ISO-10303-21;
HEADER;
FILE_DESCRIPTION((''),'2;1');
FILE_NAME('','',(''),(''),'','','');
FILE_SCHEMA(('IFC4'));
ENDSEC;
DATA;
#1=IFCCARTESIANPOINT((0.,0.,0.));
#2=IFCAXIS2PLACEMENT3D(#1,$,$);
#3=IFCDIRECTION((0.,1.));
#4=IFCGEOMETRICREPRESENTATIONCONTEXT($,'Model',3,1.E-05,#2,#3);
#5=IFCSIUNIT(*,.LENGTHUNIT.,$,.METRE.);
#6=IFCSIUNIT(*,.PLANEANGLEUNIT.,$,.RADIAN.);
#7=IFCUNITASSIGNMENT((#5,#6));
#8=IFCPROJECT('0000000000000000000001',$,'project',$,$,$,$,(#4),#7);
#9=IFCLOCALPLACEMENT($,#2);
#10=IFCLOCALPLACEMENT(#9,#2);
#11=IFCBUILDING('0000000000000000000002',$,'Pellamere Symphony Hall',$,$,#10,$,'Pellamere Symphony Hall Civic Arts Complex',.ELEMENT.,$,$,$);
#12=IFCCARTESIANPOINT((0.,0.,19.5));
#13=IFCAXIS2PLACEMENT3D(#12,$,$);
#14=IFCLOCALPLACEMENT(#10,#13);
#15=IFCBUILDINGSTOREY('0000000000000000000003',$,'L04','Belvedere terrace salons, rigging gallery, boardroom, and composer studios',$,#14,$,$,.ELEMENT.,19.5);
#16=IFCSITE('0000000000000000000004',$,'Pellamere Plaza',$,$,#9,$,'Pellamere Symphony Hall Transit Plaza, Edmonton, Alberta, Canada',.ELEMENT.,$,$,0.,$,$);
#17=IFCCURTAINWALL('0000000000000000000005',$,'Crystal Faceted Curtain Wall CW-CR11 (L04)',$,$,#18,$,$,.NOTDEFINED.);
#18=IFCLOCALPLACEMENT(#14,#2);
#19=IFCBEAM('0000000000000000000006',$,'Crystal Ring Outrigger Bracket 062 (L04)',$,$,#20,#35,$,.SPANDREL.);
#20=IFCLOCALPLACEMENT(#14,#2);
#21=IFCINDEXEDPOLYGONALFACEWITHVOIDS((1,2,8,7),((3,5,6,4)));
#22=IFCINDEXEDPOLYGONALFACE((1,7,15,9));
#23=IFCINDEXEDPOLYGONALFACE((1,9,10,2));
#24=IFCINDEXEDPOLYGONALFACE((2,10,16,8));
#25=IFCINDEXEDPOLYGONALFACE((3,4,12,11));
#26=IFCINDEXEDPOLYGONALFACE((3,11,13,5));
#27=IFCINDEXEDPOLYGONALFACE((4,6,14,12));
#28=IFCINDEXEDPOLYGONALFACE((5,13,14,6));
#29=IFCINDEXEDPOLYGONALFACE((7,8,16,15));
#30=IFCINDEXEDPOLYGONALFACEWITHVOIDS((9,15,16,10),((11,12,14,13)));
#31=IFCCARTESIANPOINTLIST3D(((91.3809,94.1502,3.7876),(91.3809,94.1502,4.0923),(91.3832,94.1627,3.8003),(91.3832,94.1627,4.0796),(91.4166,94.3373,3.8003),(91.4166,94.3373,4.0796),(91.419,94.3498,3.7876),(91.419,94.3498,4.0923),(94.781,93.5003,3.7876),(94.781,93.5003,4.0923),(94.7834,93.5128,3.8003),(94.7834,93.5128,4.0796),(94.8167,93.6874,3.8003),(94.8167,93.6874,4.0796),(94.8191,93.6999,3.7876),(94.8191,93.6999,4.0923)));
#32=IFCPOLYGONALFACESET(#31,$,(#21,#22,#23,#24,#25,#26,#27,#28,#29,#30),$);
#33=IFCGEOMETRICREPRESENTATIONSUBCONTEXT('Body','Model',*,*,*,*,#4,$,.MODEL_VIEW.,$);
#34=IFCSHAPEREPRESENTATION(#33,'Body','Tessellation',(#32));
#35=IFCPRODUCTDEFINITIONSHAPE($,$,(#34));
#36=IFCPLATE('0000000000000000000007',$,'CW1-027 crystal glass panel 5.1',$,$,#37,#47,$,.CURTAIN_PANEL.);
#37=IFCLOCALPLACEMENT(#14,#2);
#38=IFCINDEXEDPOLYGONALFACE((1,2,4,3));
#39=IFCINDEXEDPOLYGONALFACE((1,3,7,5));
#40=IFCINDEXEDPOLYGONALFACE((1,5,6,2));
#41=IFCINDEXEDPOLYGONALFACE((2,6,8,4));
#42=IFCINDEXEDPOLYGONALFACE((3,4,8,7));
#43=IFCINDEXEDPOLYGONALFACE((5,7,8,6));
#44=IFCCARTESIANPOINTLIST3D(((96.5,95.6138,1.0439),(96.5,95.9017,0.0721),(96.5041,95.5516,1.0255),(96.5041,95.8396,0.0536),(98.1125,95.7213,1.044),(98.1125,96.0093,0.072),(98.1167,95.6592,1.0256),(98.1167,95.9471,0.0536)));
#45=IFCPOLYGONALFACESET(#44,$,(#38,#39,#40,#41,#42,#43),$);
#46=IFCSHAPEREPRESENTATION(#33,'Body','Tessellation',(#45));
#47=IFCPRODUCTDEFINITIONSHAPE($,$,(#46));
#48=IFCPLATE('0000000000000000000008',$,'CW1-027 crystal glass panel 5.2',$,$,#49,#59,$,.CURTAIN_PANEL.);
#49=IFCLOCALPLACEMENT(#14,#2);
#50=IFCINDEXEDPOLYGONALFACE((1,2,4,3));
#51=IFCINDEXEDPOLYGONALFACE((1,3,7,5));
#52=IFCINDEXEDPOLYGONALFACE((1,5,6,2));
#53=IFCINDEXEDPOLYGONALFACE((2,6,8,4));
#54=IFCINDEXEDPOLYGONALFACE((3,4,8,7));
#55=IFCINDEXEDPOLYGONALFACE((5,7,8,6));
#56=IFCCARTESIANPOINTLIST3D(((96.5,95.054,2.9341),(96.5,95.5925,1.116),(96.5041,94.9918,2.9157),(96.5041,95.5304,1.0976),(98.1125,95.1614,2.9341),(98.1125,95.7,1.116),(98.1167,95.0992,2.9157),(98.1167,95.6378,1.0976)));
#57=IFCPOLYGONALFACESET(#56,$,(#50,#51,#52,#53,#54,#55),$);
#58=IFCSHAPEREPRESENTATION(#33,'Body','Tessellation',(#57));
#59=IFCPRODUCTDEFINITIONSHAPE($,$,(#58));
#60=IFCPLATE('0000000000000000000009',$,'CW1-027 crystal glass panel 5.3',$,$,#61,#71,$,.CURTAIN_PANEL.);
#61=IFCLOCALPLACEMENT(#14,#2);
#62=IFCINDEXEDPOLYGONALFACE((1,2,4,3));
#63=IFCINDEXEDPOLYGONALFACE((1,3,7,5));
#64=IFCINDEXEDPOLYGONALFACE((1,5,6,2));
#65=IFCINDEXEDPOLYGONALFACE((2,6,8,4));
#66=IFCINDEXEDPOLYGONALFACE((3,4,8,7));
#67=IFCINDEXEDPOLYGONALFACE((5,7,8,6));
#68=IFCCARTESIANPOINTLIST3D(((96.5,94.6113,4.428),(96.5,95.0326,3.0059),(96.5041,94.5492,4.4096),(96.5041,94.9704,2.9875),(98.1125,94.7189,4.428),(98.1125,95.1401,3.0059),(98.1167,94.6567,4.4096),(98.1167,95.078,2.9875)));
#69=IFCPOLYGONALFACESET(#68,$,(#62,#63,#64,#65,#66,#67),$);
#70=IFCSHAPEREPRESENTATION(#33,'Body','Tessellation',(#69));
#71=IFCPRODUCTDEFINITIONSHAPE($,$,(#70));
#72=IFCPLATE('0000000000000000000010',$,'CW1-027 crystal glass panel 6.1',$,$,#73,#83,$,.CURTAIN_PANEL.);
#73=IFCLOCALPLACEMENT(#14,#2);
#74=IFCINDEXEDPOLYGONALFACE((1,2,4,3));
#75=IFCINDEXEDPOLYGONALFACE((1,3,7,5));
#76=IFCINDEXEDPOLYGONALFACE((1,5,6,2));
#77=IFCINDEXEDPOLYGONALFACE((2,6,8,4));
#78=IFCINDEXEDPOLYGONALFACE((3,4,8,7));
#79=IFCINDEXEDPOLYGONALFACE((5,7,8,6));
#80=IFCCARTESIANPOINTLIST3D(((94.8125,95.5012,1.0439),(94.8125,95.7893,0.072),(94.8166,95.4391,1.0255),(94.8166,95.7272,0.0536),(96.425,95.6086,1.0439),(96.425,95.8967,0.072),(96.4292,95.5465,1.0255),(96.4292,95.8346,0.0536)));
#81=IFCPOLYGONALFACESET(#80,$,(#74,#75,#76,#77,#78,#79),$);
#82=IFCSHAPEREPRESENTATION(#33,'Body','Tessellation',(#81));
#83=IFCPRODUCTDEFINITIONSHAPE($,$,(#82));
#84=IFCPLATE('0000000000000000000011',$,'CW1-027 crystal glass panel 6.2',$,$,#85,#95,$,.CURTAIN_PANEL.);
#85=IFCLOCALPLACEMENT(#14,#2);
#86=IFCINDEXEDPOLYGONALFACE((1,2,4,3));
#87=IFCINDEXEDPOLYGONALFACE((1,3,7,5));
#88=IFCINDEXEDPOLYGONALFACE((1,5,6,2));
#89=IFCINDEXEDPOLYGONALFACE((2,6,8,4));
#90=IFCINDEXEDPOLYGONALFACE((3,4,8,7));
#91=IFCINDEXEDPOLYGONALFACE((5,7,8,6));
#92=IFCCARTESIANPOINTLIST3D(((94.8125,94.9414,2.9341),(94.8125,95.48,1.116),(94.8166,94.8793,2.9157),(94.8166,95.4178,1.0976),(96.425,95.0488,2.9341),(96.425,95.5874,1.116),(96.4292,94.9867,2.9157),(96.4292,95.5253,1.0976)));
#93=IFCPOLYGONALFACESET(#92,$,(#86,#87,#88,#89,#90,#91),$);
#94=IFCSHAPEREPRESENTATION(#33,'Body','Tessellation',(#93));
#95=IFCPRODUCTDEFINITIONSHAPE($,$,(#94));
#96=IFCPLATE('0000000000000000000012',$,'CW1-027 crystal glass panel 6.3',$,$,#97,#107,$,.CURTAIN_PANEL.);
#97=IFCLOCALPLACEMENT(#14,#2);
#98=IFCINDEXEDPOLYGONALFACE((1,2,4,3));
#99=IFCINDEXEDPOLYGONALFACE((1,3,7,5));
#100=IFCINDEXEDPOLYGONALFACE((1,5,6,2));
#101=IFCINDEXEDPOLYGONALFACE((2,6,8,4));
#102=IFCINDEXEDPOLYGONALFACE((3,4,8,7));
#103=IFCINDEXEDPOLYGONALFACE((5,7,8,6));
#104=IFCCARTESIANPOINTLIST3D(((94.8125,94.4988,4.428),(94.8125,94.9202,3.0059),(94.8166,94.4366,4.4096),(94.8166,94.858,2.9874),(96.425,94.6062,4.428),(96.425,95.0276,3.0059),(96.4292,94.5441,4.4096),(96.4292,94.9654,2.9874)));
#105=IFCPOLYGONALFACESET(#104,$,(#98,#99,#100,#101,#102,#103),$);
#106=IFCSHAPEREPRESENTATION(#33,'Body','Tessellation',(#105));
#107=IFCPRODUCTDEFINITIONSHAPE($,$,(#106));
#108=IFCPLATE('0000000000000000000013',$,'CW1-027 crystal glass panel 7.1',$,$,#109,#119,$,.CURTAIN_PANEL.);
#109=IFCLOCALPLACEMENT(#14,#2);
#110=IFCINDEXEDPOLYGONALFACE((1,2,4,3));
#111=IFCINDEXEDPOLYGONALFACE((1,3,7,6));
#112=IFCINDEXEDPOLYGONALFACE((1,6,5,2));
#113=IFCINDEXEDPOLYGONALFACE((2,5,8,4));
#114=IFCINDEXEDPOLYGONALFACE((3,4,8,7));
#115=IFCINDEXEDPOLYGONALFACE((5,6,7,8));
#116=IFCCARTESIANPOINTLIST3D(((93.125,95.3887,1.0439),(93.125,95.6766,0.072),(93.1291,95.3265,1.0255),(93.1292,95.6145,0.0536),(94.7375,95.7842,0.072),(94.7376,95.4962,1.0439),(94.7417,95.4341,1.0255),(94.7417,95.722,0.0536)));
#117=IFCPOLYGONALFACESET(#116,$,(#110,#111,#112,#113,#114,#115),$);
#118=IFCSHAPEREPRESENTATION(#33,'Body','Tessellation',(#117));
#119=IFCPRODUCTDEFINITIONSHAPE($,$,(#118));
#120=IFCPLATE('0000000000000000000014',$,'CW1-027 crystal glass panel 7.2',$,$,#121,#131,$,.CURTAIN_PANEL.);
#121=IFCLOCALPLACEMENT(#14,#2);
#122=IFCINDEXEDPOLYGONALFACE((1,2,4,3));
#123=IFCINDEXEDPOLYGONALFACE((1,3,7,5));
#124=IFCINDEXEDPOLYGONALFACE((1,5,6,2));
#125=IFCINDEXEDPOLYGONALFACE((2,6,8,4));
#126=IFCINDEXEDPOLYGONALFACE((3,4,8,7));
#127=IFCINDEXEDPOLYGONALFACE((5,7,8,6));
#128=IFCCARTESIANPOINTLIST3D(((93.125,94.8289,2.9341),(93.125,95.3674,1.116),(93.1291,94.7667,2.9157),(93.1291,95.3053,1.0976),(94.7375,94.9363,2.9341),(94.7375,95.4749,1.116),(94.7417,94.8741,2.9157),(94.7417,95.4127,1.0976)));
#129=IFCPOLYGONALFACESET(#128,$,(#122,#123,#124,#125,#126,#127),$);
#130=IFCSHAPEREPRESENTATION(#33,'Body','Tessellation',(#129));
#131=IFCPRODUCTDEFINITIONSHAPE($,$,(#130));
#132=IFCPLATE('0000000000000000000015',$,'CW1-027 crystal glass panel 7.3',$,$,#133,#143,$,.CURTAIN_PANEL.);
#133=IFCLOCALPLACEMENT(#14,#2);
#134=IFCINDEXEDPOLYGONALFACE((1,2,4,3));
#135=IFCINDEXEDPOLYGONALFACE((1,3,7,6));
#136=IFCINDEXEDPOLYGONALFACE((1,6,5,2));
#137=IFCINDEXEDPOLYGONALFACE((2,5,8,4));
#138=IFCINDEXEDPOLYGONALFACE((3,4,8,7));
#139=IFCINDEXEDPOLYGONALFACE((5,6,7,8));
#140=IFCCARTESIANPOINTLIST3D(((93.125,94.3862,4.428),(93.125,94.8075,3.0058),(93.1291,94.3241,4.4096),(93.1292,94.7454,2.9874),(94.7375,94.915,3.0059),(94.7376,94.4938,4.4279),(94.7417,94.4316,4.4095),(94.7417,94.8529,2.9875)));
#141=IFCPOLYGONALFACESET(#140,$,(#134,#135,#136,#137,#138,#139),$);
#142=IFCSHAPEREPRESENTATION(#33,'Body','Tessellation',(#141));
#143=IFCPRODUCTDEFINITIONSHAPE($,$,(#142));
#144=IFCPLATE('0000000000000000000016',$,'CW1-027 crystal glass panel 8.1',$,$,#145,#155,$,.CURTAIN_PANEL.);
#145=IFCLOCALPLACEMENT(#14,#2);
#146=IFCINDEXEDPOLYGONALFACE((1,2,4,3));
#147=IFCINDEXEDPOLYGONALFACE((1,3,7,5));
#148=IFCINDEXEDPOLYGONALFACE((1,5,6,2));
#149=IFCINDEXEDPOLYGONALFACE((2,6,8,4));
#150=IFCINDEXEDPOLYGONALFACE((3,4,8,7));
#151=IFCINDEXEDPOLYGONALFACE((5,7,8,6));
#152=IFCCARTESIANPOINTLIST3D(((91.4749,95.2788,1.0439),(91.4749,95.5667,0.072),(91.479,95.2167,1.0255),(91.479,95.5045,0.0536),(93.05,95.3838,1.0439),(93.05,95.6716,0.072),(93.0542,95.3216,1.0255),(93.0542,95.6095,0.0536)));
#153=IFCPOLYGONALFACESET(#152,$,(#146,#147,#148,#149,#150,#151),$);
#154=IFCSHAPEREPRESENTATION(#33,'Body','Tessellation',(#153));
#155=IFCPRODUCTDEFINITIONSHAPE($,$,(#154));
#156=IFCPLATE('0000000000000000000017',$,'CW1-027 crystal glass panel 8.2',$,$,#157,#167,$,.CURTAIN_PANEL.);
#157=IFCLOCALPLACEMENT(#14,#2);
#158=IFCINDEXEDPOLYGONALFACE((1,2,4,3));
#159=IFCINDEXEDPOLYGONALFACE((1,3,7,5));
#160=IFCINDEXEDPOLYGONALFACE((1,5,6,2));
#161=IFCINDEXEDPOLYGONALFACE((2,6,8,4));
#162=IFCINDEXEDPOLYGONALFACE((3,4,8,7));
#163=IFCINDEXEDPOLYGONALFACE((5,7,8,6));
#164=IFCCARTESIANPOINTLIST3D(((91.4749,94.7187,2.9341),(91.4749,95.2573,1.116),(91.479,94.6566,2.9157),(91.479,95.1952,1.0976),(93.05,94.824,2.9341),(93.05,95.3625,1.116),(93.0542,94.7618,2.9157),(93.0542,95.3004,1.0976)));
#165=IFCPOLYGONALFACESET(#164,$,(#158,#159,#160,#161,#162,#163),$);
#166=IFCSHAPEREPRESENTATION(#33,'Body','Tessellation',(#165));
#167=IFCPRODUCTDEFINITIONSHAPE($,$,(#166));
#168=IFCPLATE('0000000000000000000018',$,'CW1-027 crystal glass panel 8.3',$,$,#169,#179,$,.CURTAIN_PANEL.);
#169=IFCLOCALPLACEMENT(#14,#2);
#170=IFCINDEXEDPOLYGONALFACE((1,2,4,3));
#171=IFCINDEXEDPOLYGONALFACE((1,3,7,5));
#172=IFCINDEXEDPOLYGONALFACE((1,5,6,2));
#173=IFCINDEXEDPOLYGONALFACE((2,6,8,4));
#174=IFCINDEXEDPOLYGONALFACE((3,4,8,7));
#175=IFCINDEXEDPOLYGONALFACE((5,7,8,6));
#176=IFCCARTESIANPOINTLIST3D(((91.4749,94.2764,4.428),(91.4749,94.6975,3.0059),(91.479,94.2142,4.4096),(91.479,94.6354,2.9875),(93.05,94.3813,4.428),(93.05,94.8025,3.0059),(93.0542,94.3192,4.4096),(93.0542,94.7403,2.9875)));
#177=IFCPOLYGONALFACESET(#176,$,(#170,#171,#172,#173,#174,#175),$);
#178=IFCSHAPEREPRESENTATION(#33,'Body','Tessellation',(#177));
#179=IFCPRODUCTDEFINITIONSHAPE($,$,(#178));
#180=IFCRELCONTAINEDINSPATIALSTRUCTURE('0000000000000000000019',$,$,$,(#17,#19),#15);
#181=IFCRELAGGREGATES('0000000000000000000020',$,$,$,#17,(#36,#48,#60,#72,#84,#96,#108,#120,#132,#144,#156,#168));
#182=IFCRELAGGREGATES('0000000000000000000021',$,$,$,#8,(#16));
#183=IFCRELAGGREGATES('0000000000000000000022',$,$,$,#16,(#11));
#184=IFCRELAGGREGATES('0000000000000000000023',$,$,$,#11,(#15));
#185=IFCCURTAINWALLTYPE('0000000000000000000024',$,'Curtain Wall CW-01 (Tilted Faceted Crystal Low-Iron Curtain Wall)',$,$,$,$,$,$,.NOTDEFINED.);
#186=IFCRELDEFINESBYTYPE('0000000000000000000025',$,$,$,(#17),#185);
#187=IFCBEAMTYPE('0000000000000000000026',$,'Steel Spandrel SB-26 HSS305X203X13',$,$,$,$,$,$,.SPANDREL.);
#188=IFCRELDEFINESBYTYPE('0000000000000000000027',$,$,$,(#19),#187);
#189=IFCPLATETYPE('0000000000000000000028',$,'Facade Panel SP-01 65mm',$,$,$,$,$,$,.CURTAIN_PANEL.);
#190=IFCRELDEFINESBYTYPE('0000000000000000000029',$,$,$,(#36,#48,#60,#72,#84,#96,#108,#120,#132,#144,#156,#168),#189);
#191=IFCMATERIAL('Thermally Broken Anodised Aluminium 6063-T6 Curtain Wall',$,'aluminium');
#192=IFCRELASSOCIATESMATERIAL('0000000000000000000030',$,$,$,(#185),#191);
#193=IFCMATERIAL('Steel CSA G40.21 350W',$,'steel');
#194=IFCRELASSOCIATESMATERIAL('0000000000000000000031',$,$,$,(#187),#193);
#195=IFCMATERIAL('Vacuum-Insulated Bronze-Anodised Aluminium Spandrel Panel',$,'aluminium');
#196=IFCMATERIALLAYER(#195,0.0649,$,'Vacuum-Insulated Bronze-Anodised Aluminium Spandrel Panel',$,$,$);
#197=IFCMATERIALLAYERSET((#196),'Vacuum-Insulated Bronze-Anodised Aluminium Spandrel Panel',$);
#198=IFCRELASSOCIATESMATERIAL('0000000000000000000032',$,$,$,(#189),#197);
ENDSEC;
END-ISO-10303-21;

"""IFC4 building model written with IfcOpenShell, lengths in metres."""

from ifc_helpers import new_model, si_unit, direction, frame, origin, origin_2d, place, context, subcontext, project, spatial, polyline, hollow_rectangle, outline, extrude, material, layer, layer_set, material_profile, profile_set, type_object, element, aggregate, save


model = new_model("IFC4")

# Units and contexts
model_context = context("Model", 3, precision=1e-05, world=origin(), true_north=direction((0.0, 1.0)))
body_context = subcontext(model_context, "Body", "Model", "MODEL_VIEW")
ifc_project = project(units=[si_unit("LENGTHUNIT", "METRE"), si_unit("PLANEANGLEUNIT", "RADIAN")], contexts=[model_context])

# Site, building, storey
site_placement = place(None, origin())
site = spatial("IfcSite", under=ifc_project, at=site_placement, Name="Pellamere Plaza", LongName="Pellamere Symphony Hall Transit Plaza, Edmonton, Alberta, Canada", CompositionType="ELEMENT", RefElevation=0.0)
building_placement = place(site_placement, origin())
building = spatial("IfcBuilding", under=site, at=building_placement, Name="Pellamere Symphony Hall", LongName="Pellamere Symphony Hall Civic Arts Complex", CompositionType="ELEMENT")
storey_placement = place(building_placement, frame((0.0, 0.0, 19.5)))
storey = spatial("IfcBuildingStorey", under=building, at=storey_placement, Name="L04", Description="Belvedere terrace salons, rigging gallery, boardroom, and composer studios", CompositionType="ELEMENT", Elevation=19.5)

# Curtain wall
ifc_material_1 = material(Name="Thermally Broken Anodised Aluminium 6063-T6 Curtain Wall", Category="aluminium")
curtain_wall_type = type_object("IfcCurtainWallType", Name="Curtain Wall CW-01 (Tilted Faceted Crystal Low-Iron Curtain Wall)", PredefinedType="NOTDEFINED", material=ifc_material_1)
curtain_wall_placement = place(storey_placement, origin())
curtain_wall = element("IfcCurtainWall", 1, at=curtain_wall_placement, inside=storey, type_object=curtain_wall_type, Name="Crystal Faceted Curtain Wall CW-CR11 (L04)", PredefinedType="NOTDEFINED")

# Beam
ifc_material_2 = material(Name="Steel CSA G40.21 350W", Category="steel")
ifc_material_profile_1 = material_profile(ifc_material_2, hollow_rectangle(XDim=0.2031, YDim=0.3047, WallThickness=0.0127, at=origin_2d()), Name="HSS305X203X13")
ifc_profile_set_1 = profile_set([ifc_material_profile_1], Name="Steel CSA G40.21 350W")
beam_type = type_object("IfcBeamType", Name="Steel Spandrel SB-26 HSS305X203X13", PredefinedType="SPANDREL", material=ifc_profile_set_1)
beam_placement = place(storey_placement, frame((94.8, 93.6001, 3.9399), z_axis=(-0.982219, 0.187741, 0.0), x_axis=(-0.187741, -0.982219, 0.0)))
element("IfcBeam", 2, at=beam_placement, inside=storey, type_object=beam_type, Name="Crystal Ring Outrigger Bracket 062 (L04)", PredefinedType="SPANDREL", context=body_context, shape_type="SweptSolid", body=[
    extrude(hollow_rectangle(XDim=0.2031, YDim=0.3047, WallThickness=0.0127, at=origin_2d()), origin(), (0.0, 0.0, 1.0), 3.4617),
])

# Plates
ifc_material_3 = material(Name="Vacuum-Insulated Bronze-Anodised Aluminium Spandrel Panel", Category="aluminium")
ifc_layer = layer(ifc_material_3, 0.0649, Name="Vacuum-Insulated Bronze-Anodised Aluminium Spandrel Panel")
ifc_layer_set = layer_set([ifc_layer], Name="Vacuum-Insulated Bronze-Anodised Aluminium Spandrel Panel")
plate_type = type_object("IfcPlateType", Name="Facade Panel SP-01 65mm", PredefinedType="CURTAIN_PANEL", material=ifc_layer_set)
plate_1_placement = place(storey_placement, frame((98.1125, 96.0093, 0.072), z_axis=(-0.063814, 0.956848, 0.283497), x_axis=(-0.997783, -0.06655, 0.00002)))
plate_1 = element("IfcPlate", 3, at=plate_1_placement, type_object=plate_type, Name="CW1-027 crystal glass panel 5.1", PredefinedType="CURTAIN_PANEL", context=body_context, shape_type="SweptSolid", body=[
    extrude(outline(polyline([(0.0, 0.0), (1.6161, 0.0), (1.6353, 1.0135), (0.0192, 1.0135), (0.0, 0.0)])), origin(), (0.0, 0.0, -1.0), 0.0649),
])
plate_2_placement = place(storey_placement, frame((98.1125, 95.7, 1.116), z_axis=(-0.063743, 0.956866, 0.283449), x_axis=(-0.997788, -0.066469, 0.0)))
plate_2 = element("IfcPlate", 4, at=plate_2_placement, type_object=plate_type, Name="CW1-027 crystal glass panel 5.2", PredefinedType="CURTAIN_PANEL", context=body_context, shape_type="SweptSolid", body=[
    extrude(outline(polyline([(0.0, 0.0), (1.6161, 0.0), (1.6519, 1.8959), (0.0358, 1.8959), (0.0, 0.0)])), origin(), (0.0, 0.0, -1.0), 0.0649),
])
plate_3_placement = place(storey_placement, frame((98.1125, 95.1401, 3.0059), z_axis=(-0.063815, 0.956863, 0.283445), x_axis=(-0.997783, -0.06655, 0.00002)))
plate_3 = element("IfcPlate", 5, at=plate_3_placement, type_object=plate_type, Name="CW1-027 crystal glass panel 5.3", PredefinedType="CURTAIN_PANEL", context=body_context, shape_type="SweptSolid", body=[
    extrude(outline(polyline([(0.0, 0.0), (1.6161, 0.0), (1.6442, 1.4829), (0.0281, 1.483), (0.0, 0.0)])), origin(), (0.0, 0.0, -1.0), 0.0649),
])
plate_4_placement = place(storey_placement, frame((96.425, 95.8967, 0.072), z_axis=(-0.06374, 0.956819, 0.283609), x_axis=(-0.997788, -0.066469, 0.0)))
plate_4 = element("IfcPlate", 6, at=plate_4_placement, type_object=plate_type, Name="CW1-027 crystal glass panel 6.1", PredefinedType="CURTAIN_PANEL", context=body_context, shape_type="SweptSolid", body=[
    extrude(outline(polyline([(0.0, 0.0), (1.6161, 0.0), (1.6353, 1.0135), (0.0191, 1.0135), (0.0, 0.0)])), origin(), (0.0, 0.0, -1.0), 0.0649),
])
plate_5_placement = place(storey_placement, frame((96.425, 95.5874, 1.116), z_axis=(-0.063743, 0.956866, 0.283449), x_axis=(-0.997788, -0.066469, 0.0)))
plate_5 = element("IfcPlate", 7, at=plate_5_placement, type_object=plate_type, Name="CW1-027 crystal glass panel 6.2", PredefinedType="CURTAIN_PANEL", context=body_context, shape_type="SweptSolid", body=[
    extrude(outline(polyline([(0.0, 0.0), (1.6161, 0.0), (1.6519, 1.8959), (0.0358, 1.8959), (0.0, 0.0)])), origin(), (0.0, 0.0, -1.0), 0.0649),
])
plate_6_placement = place(storey_placement, frame((96.425, 95.0276, 3.0059), z_axis=(-0.063741, 0.956845, 0.283522), x_axis=(-0.997788, -0.066469, 0.0)))
plate_6 = element("IfcPlate", 8, at=plate_6_placement, type_object=plate_type, Name="CW1-027 crystal glass panel 6.3", PredefinedType="CURTAIN_PANEL", context=body_context, shape_type="SweptSolid", body=[
    extrude(outline(polyline([(0.0, 0.0), (1.6161, 0.0), (1.6441, 1.483), (0.028, 1.483), (0.0, 0.0)])), origin(), (0.0, 0.0, -1.0), 0.0649),
])
plate_7_placement = place(storey_placement, frame((94.7375, 95.7842, 0.072), z_axis=(-0.063814, 0.956848, 0.283497), x_axis=(-0.997784, -0.066538, -0.00002)))
plate_7 = element("IfcPlate", 9, at=plate_7_placement, type_object=plate_type, Name="CW1-027 crystal glass panel 7.1", PredefinedType="CURTAIN_PANEL", context=body_context, shape_type="SweptSolid", body=[
    extrude(outline(polyline([(0.0, 0.0), (1.6161, 0.0), (1.6353, 1.0135), (0.0191, 1.0135), (0.0, 0.0)])), origin(), (0.0, 0.0, -1.0), 0.0649),
])
plate_8_placement = place(storey_placement, frame((94.7375, 95.4749, 1.116), z_axis=(-0.063743, 0.956866, 0.283449), x_axis=(-0.997788, -0.066469, 0.0)))
plate_8 = element("IfcPlate", 10, at=plate_8_placement, type_object=plate_type, Name="CW1-027 crystal glass panel 7.2", PredefinedType="CURTAIN_PANEL", context=body_context, shape_type="SweptSolid", body=[
    extrude(outline(polyline([(0.0, 0.0), (1.6161, 0.0), (1.6519, 1.8959), (0.0358, 1.8959), (0.0, 0.0)])), origin(), (0.0, 0.0, -1.0), 0.0649),
])
plate_9_placement = place(storey_placement, frame((94.7375, 94.915, 3.0059), z_axis=(-0.063815, 0.956863, 0.283445), x_axis=(-0.997784, -0.066538, -0.00002)))
plate_9 = element("IfcPlate", 11, at=plate_9_placement, type_object=plate_type, Name="CW1-027 crystal glass panel 7.3", PredefinedType="CURTAIN_PANEL", context=body_context, shape_type="SweptSolid", body=[
    extrude(outline(polyline([(0.0, 0.0), (1.6161, 0.0), (1.6441, 1.483), (0.028, 1.4829), (0.0, 0.0)])), origin(), (0.0, 0.0, -1.0), 0.0649),
])
plate_10_placement = place(storey_placement, frame((93.05, 95.6716, 0.072), z_axis=(-0.063772, 0.956883, 0.283387), x_axis=(-0.997787, -0.066498, 0.0)))
plate_10 = element("IfcPlate", 12, at=plate_10_placement, type_object=plate_type, Name="CW1-027 crystal glass panel 8.1", PredefinedType="CURTAIN_PANEL", context=body_context, shape_type="SweptSolid", body=[
    extrude(outline(polyline([(0.0, 0.0), (1.5787, 0.0), (1.5978, 1.0135), (0.0191, 1.0135), (0.0, 0.0)])), origin(), (0.0, 0.0, -1.0), 0.0649),
])
plate_11_placement = place(storey_placement, frame((93.05, 95.3625, 1.116), z_axis=(-0.063919, 0.956856, 0.283446), x_axis=(-0.997776, -0.066652, 0.0)))
plate_11 = element("IfcPlate", 13, at=plate_11_placement, type_object=plate_type, Name="CW1-027 crystal glass panel 8.2", PredefinedType="CURTAIN_PANEL", context=body_context, shape_type="SweptSolid", body=[
    extrude(outline(polyline([(0.0, 0.0), (1.5787, 0.0), (1.6146, 1.8959), (0.0359, 1.8959), (0.0, 0.0)])), origin(), (0.0, 0.0, -1.0), 0.0649),
])
plate_12_placement = place(storey_placement, frame((93.05, 94.8025, 3.0059), z_axis=(-0.063773, 0.956888, 0.28337), x_axis=(-0.997787, -0.066498, 0.0)))
plate_12 = element("IfcPlate", 14, at=plate_12_placement, type_object=plate_type, Name="CW1-027 crystal glass panel 8.3", PredefinedType="CURTAIN_PANEL", context=body_context, shape_type="SweptSolid", body=[
    extrude(outline(polyline([(0.0, 0.0), (1.5787, 0.0), (1.6067, 1.4829), (0.028, 1.4829), (0.0, 0.0)])), origin(), (0.0, 0.0, -1.0), 0.0649),
])
aggregate(curtain_wall, [plate_1, plate_2, plate_3, plate_4, plate_5, plate_6, plate_7, plate_8, plate_9, plate_10, plate_11, plate_12])

save(model, "model.ifc")
